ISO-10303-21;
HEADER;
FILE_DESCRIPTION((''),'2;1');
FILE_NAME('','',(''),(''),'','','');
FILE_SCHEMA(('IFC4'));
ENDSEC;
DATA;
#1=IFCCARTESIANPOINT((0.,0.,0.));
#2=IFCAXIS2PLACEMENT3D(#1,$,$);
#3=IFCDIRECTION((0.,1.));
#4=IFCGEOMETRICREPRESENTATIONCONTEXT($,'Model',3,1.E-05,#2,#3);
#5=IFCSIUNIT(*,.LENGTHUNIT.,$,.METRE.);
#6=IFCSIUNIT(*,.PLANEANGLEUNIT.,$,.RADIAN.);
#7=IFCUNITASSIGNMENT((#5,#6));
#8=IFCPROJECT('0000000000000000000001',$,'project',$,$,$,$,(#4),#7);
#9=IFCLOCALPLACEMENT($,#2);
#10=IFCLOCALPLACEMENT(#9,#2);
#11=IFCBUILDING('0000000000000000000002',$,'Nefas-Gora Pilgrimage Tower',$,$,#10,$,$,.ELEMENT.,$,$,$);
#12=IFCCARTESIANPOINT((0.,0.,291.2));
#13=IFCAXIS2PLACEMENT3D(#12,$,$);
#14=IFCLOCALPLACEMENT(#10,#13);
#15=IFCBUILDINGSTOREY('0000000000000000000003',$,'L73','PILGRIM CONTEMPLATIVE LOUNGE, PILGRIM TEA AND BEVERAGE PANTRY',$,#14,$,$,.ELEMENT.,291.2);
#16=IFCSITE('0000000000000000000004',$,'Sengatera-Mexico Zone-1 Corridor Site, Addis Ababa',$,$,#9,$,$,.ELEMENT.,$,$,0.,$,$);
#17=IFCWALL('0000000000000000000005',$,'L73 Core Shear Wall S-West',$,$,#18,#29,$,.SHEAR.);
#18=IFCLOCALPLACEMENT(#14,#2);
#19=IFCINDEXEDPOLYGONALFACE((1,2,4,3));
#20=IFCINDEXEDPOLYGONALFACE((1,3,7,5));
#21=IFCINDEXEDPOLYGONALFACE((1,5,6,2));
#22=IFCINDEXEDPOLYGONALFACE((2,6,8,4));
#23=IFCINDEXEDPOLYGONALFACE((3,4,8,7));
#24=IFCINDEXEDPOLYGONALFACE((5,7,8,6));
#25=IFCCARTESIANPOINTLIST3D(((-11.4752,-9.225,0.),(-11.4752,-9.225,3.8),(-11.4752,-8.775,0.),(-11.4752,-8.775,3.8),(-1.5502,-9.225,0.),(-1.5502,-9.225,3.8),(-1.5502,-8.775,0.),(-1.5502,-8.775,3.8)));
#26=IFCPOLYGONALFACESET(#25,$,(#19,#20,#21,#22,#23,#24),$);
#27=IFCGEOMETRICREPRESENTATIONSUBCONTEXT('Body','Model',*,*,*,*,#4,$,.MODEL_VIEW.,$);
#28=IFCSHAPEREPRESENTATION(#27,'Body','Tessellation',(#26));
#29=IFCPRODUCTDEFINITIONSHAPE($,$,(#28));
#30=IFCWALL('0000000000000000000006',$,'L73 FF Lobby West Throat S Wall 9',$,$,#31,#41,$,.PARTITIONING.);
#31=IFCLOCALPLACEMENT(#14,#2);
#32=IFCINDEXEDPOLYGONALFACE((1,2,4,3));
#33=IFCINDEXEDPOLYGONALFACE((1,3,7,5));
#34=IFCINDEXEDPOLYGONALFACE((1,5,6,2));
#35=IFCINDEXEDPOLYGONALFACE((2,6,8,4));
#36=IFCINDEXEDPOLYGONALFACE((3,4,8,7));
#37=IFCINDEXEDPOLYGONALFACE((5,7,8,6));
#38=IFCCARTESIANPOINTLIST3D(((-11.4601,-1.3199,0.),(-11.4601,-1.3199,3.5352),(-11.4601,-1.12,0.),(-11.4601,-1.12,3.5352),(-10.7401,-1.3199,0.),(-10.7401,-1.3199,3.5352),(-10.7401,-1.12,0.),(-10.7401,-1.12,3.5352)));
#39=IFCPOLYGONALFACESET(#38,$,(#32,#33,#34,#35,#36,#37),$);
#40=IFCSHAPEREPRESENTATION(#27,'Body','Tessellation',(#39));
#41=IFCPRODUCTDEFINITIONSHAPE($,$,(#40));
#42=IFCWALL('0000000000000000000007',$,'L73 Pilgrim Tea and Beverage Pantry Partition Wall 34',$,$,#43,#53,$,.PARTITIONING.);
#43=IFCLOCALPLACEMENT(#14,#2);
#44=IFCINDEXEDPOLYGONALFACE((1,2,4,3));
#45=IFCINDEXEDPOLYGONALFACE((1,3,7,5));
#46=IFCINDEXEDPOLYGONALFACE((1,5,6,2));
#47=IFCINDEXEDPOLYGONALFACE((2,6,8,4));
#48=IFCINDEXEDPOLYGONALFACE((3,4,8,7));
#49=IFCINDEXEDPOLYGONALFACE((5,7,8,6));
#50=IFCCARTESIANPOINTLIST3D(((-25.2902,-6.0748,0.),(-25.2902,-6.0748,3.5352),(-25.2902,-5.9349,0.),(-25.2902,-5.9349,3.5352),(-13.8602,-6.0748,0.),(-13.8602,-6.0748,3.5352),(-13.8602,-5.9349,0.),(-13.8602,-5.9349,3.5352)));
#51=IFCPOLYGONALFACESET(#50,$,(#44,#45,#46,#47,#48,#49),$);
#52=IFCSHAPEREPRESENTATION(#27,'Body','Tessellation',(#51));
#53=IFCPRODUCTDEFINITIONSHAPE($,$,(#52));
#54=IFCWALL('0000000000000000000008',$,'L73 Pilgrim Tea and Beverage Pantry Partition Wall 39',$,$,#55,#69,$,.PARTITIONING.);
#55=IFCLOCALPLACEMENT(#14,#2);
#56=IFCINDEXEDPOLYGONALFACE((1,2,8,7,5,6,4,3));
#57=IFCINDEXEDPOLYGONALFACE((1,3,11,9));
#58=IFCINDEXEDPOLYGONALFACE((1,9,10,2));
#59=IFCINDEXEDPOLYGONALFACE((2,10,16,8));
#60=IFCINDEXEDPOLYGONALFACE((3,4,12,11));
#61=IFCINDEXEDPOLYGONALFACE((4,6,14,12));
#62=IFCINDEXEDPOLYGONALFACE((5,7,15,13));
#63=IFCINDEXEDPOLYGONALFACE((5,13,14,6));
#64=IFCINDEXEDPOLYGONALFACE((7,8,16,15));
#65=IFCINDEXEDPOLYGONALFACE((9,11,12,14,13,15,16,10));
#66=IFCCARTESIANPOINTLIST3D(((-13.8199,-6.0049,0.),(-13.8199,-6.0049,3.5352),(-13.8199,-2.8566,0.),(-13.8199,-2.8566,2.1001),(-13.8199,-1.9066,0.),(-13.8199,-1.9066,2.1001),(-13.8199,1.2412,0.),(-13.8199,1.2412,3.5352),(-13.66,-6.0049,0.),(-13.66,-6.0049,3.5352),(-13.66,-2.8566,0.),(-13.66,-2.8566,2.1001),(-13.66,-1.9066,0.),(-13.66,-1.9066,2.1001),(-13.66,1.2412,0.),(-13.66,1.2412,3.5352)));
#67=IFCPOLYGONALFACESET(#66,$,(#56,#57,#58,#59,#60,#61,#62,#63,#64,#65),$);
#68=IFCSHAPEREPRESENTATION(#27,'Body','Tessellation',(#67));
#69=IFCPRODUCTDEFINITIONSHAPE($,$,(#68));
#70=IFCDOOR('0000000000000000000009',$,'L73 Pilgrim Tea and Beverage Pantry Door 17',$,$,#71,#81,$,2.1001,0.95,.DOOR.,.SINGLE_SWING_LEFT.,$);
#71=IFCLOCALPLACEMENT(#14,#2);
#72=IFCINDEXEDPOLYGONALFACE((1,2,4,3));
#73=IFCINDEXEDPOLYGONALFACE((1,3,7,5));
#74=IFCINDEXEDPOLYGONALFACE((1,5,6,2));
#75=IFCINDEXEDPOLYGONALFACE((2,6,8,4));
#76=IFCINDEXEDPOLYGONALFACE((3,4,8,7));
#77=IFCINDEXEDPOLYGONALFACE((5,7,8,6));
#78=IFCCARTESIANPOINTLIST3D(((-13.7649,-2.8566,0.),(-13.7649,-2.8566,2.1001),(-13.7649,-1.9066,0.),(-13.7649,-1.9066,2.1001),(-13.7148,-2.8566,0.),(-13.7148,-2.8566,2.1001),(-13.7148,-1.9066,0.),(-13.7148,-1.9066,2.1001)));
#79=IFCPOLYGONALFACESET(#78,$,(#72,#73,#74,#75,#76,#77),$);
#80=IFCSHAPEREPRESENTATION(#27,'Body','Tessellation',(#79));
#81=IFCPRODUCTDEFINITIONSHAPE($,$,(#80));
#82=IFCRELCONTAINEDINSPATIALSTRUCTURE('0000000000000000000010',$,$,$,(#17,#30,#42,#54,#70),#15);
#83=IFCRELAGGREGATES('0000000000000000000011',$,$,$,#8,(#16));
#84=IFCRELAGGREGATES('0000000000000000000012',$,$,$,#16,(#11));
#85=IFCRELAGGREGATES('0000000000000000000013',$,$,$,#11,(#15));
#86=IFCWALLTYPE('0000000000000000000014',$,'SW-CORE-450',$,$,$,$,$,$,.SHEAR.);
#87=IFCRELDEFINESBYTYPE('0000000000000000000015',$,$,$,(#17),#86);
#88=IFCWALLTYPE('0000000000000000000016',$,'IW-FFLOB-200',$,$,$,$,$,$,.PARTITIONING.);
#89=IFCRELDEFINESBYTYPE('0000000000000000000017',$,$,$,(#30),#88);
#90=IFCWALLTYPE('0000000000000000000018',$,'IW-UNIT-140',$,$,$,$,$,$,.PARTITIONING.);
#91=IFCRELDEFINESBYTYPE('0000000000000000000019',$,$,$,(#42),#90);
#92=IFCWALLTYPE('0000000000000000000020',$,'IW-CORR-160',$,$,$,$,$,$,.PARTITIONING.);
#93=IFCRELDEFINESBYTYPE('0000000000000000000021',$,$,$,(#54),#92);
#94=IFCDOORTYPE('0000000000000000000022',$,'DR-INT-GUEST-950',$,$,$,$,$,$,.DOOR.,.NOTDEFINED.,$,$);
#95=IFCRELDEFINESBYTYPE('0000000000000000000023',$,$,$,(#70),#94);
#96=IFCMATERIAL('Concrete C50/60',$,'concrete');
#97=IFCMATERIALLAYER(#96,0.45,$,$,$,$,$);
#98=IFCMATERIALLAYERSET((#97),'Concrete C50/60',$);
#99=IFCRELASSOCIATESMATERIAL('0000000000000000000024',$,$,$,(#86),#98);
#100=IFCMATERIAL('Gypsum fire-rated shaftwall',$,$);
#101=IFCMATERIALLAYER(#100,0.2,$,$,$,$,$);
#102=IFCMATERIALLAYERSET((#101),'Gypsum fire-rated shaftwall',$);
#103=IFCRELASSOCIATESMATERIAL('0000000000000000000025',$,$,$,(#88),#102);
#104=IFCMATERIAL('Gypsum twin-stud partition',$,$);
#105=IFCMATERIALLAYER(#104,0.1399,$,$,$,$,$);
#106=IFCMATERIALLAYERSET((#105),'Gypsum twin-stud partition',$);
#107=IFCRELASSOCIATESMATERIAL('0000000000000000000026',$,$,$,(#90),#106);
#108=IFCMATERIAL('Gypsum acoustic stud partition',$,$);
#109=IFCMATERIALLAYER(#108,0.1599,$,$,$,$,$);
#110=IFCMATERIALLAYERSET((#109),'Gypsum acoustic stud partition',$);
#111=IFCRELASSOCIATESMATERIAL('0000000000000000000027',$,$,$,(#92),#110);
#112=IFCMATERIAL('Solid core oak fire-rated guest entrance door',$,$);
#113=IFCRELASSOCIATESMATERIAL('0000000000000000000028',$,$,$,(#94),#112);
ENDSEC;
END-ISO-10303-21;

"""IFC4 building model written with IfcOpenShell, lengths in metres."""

from ifc_helpers import new_model, si_unit, direction, frame, frame_2d, origin, place, context, subcontext, project, spatial, rectangle, extrude, source, transform, mapped, material, layer, layer_set, type_object, element, fill, save


model = new_model("IFC4")

# Units and contexts
model_context = context("Model", 3, precision=1e-05, world=origin(), true_north=direction((0.0, 1.0)))
body_context = subcontext(model_context, "Body", "Model", "MODEL_VIEW")
ifc_project = project(units=[si_unit("LENGTHUNIT", "METRE"), si_unit("PLANEANGLEUNIT", "RADIAN")], contexts=[model_context])

# Site, building, storey
site_placement = place(None, origin())
site = spatial("IfcSite", under=ifc_project, at=site_placement, Name="Sengatera-Mexico Zone-1 Corridor Site, Addis Ababa", CompositionType="ELEMENT", RefElevation=0.0)
building_placement = place(site_placement, origin())
building = spatial("IfcBuilding", under=site, at=building_placement, Name="Nefas-Gora Pilgrimage Tower", CompositionType="ELEMENT")
storey_placement = place(building_placement, frame((0.0, 0.0, 291.2)))
storey = spatial("IfcBuildingStorey", under=building, at=storey_placement, Name="L73", Description="PILGRIM CONTEMPLATIVE LOUNGE, PILGRIM TEA AND BEVERAGE PANTRY", CompositionType="ELEMENT", Elevation=291.2)

# Walls
ifc_material_1 = material(Name="Concrete C50/60", Category="concrete")
ifc_layer_1 = layer(ifc_material_1, 0.45)
ifc_layer_set_1 = layer_set([ifc_layer_1], Name="Concrete C50/60")
wall_type_1 = type_object("IfcWallType", Name="SW-CORE-450", PredefinedType="SHEAR", material=ifc_layer_set_1)
shared_shape_1 = source(origin(), body_context, "Body", "SweptSolid", [
    extrude(rectangle(XDim=9.925, YDim=0.45, at=frame_2d((4.9624, 0.0))), origin(), (0.0, 0.0, 1.0), 3.8),
])
wall_1_placement = place(storey_placement, frame((-11.4751, -9.0, 0.0), z_axis=(0.0, 0.0, 1.0), x_axis=(1.0, 0.0, 0.0)))
element("IfcWall", 1, at=wall_1_placement, inside=storey, type_object=wall_type_1, Name="L73 Core Shear Wall S-West", PredefinedType="SHEAR", context=body_context, shape_type="MappedRepresentation", body=[
    mapped(shared_shape_1, transform((0.0, 0.0, 0.0), x_axis=(1.0, 0.0, 0.0), y_axis=(0.0, 1.0, 0.0), z_axis=(0.0, 0.0, 1.0), scale=1.0)),
])
ifc_material_2 = material(Name="Gypsum fire-rated shaftwall")
ifc_layer_2 = layer(ifc_material_2, 0.2)
ifc_layer_set_2 = layer_set([ifc_layer_2], Name="Gypsum fire-rated shaftwall")
wall_type_2 = type_object("IfcWallType", Name="IW-FFLOB-200", PredefinedType="PARTITIONING", material=ifc_layer_set_2)
shared_shape_2 = source(origin(), body_context, "Body", "SweptSolid", [
    extrude(rectangle(XDim=0.72, YDim=0.2, at=frame_2d((0.3599, 0.0))), origin(), (0.0, 0.0, 1.0), 3.5352),
])
wall_2_placement = place(storey_placement, frame((-11.46, -1.22, 0.0), z_axis=(0.0, 0.0, 1.0), x_axis=(1.0, 0.0, 0.0)))
element("IfcWall", 2, at=wall_2_placement, inside=storey, type_object=wall_type_2, Name="L73 FF Lobby West Throat S Wall 9", PredefinedType="PARTITIONING", context=body_context, shape_type="MappedRepresentation", body=[
    mapped(shared_shape_2, transform((0.0, 0.0, 0.0), x_axis=(1.0, 0.0, 0.0), y_axis=(0.0, 1.0, 0.0), z_axis=(0.0, 0.0, 1.0), scale=1.0)),
])
ifc_material_3 = material(Name="Gypsum twin-stud partition")
ifc_layer_3 = layer(ifc_material_3, 0.1399)
ifc_layer_set_3 = layer_set([ifc_layer_3], Name="Gypsum twin-stud partition")
wall_type_3 = type_object("IfcWallType", Name="IW-UNIT-140", PredefinedType="PARTITIONING", material=ifc_layer_set_3)
shared_shape_3 = source(origin(), body_context, "Body", "SweptSolid", [
    extrude(rectangle(XDim=11.4299, YDim=0.1399, at=frame_2d((5.7148, 0.0))), origin(), (0.0, 0.0, 1.0), 3.5352),
])
wall_3_placement = place(storey_placement, frame((-25.29, -6.0049, 0.0), z_axis=(0.0, 0.0, 1.0), x_axis=(1.0, 0.0, 0.0)))
element("IfcWall", 3, at=wall_3_placement, inside=storey, type_object=wall_type_3, Name="L73 Pilgrim Tea and Beverage Pantry Partition Wall 34", PredefinedType="PARTITIONING", context=body_context, shape_type="MappedRepresentation", body=[
    mapped(shared_shape_3, transform((0.0, 0.0, 0.0), x_axis=(1.0, 0.0, 0.0), y_axis=(0.0, 1.0, 0.0), z_axis=(0.0, 0.0, 1.0), scale=1.0)),
])

# Wall, opening, door
ifc_material_4 = material(Name="Gypsum acoustic stud partition")
ifc_layer_4 = layer(ifc_material_4, 0.1599)
ifc_layer_set_4 = layer_set([ifc_layer_4], Name="Gypsum acoustic stud partition")
wall_type_4 = type_object("IfcWallType", Name="IW-CORR-160", PredefinedType="PARTITIONING", material=ifc_layer_set_4)
shared_shape_4 = source(origin(), body_context, "Body", "SweptSolid", [
    extrude(rectangle(XDim=7.2461, YDim=0.1599, at=frame_2d((3.623, 0.0))), origin(), (0.0, 0.0, 1.0), 3.5352),
])
wall_4_placement = place(storey_placement, frame((-13.74, -6.0049, 0.0), z_axis=(0.0, 0.0, 1.0), x_axis=(0.0, 1.0, 0.0)))
wall_4 = element("IfcWall", 4, at=wall_4_placement, inside=storey, type_object=wall_type_4, Name="L73 Pilgrim Tea and Beverage Pantry Partition Wall 39", PredefinedType="PARTITIONING", context=body_context, shape_type="MappedRepresentation", body=[
    mapped(shared_shape_4, transform((0.0, 0.0, 0.0), x_axis=(1.0, 0.0, 0.0), y_axis=(0.0, 1.0, 0.0), z_axis=(0.0, 0.0, 1.0), scale=1.0)),
])
opening_1_placement = place(wall_4_placement, frame((3.1482, 0.0, 0.0)))
opening_1 = element("IfcOpeningElement", 5, at=opening_1_placement, cuts=wall_4, PredefinedType="OPENING", context=body_context, shape_type="SweptSolid", body=[
    extrude(rectangle(XDim=0.95, YDim=2.1001, at=frame_2d((0.4751, 1.05))), frame((0.0, 0.0898, 0.0), z_axis=(0.0, -1.0, 0.0), x_axis=(1.0, 0.0, 0.0)), (0.0, 0.0, 1.0), 0.1799),
])
ifc_material_5 = material(Name="Solid core oak fire-rated guest entrance door")
door_type_1 = type_object("IfcDoorType", Name="DR-INT-GUEST-950", OperationType="NOTDEFINED", PredefinedType="DOOR", material=ifc_material_5)
shared_shape_5 = source(origin(), body_context, "Body", "SweptSolid", [
    extrude(rectangle(XDim=0.95, YDim=2.1001, at=frame_2d((0.4751, 1.05))), frame((0.0, 0.0249, 0.0), z_axis=(0.0, -1.0, 0.0), x_axis=(1.0, 0.0, 0.0)), (0.0, 0.0, 1.0), 0.05),
])
door_1_placement = place(opening_1_placement, origin())
door_1 = element("IfcDoor", 6, at=door_1_placement, inside=storey, type_object=door_type_1, Name="L73 Pilgrim Tea and Beverage Pantry Door 17", OperationType="SINGLE_SWING_LEFT", OverallHeight=2.1001, OverallWidth=0.95, PredefinedType="DOOR", context=body_context, shape_type="MappedRepresentation", body=[
    mapped(shared_shape_5, transform((0.0, 0.0, 0.0), x_axis=(1.0, 0.0, 0.0), y_axis=(0.0, 1.0, 0.0), z_axis=(0.0, 0.0, 1.0), scale=1.0)),
])
fill(opening_1, door_1)

save(model, "model.ifc")
